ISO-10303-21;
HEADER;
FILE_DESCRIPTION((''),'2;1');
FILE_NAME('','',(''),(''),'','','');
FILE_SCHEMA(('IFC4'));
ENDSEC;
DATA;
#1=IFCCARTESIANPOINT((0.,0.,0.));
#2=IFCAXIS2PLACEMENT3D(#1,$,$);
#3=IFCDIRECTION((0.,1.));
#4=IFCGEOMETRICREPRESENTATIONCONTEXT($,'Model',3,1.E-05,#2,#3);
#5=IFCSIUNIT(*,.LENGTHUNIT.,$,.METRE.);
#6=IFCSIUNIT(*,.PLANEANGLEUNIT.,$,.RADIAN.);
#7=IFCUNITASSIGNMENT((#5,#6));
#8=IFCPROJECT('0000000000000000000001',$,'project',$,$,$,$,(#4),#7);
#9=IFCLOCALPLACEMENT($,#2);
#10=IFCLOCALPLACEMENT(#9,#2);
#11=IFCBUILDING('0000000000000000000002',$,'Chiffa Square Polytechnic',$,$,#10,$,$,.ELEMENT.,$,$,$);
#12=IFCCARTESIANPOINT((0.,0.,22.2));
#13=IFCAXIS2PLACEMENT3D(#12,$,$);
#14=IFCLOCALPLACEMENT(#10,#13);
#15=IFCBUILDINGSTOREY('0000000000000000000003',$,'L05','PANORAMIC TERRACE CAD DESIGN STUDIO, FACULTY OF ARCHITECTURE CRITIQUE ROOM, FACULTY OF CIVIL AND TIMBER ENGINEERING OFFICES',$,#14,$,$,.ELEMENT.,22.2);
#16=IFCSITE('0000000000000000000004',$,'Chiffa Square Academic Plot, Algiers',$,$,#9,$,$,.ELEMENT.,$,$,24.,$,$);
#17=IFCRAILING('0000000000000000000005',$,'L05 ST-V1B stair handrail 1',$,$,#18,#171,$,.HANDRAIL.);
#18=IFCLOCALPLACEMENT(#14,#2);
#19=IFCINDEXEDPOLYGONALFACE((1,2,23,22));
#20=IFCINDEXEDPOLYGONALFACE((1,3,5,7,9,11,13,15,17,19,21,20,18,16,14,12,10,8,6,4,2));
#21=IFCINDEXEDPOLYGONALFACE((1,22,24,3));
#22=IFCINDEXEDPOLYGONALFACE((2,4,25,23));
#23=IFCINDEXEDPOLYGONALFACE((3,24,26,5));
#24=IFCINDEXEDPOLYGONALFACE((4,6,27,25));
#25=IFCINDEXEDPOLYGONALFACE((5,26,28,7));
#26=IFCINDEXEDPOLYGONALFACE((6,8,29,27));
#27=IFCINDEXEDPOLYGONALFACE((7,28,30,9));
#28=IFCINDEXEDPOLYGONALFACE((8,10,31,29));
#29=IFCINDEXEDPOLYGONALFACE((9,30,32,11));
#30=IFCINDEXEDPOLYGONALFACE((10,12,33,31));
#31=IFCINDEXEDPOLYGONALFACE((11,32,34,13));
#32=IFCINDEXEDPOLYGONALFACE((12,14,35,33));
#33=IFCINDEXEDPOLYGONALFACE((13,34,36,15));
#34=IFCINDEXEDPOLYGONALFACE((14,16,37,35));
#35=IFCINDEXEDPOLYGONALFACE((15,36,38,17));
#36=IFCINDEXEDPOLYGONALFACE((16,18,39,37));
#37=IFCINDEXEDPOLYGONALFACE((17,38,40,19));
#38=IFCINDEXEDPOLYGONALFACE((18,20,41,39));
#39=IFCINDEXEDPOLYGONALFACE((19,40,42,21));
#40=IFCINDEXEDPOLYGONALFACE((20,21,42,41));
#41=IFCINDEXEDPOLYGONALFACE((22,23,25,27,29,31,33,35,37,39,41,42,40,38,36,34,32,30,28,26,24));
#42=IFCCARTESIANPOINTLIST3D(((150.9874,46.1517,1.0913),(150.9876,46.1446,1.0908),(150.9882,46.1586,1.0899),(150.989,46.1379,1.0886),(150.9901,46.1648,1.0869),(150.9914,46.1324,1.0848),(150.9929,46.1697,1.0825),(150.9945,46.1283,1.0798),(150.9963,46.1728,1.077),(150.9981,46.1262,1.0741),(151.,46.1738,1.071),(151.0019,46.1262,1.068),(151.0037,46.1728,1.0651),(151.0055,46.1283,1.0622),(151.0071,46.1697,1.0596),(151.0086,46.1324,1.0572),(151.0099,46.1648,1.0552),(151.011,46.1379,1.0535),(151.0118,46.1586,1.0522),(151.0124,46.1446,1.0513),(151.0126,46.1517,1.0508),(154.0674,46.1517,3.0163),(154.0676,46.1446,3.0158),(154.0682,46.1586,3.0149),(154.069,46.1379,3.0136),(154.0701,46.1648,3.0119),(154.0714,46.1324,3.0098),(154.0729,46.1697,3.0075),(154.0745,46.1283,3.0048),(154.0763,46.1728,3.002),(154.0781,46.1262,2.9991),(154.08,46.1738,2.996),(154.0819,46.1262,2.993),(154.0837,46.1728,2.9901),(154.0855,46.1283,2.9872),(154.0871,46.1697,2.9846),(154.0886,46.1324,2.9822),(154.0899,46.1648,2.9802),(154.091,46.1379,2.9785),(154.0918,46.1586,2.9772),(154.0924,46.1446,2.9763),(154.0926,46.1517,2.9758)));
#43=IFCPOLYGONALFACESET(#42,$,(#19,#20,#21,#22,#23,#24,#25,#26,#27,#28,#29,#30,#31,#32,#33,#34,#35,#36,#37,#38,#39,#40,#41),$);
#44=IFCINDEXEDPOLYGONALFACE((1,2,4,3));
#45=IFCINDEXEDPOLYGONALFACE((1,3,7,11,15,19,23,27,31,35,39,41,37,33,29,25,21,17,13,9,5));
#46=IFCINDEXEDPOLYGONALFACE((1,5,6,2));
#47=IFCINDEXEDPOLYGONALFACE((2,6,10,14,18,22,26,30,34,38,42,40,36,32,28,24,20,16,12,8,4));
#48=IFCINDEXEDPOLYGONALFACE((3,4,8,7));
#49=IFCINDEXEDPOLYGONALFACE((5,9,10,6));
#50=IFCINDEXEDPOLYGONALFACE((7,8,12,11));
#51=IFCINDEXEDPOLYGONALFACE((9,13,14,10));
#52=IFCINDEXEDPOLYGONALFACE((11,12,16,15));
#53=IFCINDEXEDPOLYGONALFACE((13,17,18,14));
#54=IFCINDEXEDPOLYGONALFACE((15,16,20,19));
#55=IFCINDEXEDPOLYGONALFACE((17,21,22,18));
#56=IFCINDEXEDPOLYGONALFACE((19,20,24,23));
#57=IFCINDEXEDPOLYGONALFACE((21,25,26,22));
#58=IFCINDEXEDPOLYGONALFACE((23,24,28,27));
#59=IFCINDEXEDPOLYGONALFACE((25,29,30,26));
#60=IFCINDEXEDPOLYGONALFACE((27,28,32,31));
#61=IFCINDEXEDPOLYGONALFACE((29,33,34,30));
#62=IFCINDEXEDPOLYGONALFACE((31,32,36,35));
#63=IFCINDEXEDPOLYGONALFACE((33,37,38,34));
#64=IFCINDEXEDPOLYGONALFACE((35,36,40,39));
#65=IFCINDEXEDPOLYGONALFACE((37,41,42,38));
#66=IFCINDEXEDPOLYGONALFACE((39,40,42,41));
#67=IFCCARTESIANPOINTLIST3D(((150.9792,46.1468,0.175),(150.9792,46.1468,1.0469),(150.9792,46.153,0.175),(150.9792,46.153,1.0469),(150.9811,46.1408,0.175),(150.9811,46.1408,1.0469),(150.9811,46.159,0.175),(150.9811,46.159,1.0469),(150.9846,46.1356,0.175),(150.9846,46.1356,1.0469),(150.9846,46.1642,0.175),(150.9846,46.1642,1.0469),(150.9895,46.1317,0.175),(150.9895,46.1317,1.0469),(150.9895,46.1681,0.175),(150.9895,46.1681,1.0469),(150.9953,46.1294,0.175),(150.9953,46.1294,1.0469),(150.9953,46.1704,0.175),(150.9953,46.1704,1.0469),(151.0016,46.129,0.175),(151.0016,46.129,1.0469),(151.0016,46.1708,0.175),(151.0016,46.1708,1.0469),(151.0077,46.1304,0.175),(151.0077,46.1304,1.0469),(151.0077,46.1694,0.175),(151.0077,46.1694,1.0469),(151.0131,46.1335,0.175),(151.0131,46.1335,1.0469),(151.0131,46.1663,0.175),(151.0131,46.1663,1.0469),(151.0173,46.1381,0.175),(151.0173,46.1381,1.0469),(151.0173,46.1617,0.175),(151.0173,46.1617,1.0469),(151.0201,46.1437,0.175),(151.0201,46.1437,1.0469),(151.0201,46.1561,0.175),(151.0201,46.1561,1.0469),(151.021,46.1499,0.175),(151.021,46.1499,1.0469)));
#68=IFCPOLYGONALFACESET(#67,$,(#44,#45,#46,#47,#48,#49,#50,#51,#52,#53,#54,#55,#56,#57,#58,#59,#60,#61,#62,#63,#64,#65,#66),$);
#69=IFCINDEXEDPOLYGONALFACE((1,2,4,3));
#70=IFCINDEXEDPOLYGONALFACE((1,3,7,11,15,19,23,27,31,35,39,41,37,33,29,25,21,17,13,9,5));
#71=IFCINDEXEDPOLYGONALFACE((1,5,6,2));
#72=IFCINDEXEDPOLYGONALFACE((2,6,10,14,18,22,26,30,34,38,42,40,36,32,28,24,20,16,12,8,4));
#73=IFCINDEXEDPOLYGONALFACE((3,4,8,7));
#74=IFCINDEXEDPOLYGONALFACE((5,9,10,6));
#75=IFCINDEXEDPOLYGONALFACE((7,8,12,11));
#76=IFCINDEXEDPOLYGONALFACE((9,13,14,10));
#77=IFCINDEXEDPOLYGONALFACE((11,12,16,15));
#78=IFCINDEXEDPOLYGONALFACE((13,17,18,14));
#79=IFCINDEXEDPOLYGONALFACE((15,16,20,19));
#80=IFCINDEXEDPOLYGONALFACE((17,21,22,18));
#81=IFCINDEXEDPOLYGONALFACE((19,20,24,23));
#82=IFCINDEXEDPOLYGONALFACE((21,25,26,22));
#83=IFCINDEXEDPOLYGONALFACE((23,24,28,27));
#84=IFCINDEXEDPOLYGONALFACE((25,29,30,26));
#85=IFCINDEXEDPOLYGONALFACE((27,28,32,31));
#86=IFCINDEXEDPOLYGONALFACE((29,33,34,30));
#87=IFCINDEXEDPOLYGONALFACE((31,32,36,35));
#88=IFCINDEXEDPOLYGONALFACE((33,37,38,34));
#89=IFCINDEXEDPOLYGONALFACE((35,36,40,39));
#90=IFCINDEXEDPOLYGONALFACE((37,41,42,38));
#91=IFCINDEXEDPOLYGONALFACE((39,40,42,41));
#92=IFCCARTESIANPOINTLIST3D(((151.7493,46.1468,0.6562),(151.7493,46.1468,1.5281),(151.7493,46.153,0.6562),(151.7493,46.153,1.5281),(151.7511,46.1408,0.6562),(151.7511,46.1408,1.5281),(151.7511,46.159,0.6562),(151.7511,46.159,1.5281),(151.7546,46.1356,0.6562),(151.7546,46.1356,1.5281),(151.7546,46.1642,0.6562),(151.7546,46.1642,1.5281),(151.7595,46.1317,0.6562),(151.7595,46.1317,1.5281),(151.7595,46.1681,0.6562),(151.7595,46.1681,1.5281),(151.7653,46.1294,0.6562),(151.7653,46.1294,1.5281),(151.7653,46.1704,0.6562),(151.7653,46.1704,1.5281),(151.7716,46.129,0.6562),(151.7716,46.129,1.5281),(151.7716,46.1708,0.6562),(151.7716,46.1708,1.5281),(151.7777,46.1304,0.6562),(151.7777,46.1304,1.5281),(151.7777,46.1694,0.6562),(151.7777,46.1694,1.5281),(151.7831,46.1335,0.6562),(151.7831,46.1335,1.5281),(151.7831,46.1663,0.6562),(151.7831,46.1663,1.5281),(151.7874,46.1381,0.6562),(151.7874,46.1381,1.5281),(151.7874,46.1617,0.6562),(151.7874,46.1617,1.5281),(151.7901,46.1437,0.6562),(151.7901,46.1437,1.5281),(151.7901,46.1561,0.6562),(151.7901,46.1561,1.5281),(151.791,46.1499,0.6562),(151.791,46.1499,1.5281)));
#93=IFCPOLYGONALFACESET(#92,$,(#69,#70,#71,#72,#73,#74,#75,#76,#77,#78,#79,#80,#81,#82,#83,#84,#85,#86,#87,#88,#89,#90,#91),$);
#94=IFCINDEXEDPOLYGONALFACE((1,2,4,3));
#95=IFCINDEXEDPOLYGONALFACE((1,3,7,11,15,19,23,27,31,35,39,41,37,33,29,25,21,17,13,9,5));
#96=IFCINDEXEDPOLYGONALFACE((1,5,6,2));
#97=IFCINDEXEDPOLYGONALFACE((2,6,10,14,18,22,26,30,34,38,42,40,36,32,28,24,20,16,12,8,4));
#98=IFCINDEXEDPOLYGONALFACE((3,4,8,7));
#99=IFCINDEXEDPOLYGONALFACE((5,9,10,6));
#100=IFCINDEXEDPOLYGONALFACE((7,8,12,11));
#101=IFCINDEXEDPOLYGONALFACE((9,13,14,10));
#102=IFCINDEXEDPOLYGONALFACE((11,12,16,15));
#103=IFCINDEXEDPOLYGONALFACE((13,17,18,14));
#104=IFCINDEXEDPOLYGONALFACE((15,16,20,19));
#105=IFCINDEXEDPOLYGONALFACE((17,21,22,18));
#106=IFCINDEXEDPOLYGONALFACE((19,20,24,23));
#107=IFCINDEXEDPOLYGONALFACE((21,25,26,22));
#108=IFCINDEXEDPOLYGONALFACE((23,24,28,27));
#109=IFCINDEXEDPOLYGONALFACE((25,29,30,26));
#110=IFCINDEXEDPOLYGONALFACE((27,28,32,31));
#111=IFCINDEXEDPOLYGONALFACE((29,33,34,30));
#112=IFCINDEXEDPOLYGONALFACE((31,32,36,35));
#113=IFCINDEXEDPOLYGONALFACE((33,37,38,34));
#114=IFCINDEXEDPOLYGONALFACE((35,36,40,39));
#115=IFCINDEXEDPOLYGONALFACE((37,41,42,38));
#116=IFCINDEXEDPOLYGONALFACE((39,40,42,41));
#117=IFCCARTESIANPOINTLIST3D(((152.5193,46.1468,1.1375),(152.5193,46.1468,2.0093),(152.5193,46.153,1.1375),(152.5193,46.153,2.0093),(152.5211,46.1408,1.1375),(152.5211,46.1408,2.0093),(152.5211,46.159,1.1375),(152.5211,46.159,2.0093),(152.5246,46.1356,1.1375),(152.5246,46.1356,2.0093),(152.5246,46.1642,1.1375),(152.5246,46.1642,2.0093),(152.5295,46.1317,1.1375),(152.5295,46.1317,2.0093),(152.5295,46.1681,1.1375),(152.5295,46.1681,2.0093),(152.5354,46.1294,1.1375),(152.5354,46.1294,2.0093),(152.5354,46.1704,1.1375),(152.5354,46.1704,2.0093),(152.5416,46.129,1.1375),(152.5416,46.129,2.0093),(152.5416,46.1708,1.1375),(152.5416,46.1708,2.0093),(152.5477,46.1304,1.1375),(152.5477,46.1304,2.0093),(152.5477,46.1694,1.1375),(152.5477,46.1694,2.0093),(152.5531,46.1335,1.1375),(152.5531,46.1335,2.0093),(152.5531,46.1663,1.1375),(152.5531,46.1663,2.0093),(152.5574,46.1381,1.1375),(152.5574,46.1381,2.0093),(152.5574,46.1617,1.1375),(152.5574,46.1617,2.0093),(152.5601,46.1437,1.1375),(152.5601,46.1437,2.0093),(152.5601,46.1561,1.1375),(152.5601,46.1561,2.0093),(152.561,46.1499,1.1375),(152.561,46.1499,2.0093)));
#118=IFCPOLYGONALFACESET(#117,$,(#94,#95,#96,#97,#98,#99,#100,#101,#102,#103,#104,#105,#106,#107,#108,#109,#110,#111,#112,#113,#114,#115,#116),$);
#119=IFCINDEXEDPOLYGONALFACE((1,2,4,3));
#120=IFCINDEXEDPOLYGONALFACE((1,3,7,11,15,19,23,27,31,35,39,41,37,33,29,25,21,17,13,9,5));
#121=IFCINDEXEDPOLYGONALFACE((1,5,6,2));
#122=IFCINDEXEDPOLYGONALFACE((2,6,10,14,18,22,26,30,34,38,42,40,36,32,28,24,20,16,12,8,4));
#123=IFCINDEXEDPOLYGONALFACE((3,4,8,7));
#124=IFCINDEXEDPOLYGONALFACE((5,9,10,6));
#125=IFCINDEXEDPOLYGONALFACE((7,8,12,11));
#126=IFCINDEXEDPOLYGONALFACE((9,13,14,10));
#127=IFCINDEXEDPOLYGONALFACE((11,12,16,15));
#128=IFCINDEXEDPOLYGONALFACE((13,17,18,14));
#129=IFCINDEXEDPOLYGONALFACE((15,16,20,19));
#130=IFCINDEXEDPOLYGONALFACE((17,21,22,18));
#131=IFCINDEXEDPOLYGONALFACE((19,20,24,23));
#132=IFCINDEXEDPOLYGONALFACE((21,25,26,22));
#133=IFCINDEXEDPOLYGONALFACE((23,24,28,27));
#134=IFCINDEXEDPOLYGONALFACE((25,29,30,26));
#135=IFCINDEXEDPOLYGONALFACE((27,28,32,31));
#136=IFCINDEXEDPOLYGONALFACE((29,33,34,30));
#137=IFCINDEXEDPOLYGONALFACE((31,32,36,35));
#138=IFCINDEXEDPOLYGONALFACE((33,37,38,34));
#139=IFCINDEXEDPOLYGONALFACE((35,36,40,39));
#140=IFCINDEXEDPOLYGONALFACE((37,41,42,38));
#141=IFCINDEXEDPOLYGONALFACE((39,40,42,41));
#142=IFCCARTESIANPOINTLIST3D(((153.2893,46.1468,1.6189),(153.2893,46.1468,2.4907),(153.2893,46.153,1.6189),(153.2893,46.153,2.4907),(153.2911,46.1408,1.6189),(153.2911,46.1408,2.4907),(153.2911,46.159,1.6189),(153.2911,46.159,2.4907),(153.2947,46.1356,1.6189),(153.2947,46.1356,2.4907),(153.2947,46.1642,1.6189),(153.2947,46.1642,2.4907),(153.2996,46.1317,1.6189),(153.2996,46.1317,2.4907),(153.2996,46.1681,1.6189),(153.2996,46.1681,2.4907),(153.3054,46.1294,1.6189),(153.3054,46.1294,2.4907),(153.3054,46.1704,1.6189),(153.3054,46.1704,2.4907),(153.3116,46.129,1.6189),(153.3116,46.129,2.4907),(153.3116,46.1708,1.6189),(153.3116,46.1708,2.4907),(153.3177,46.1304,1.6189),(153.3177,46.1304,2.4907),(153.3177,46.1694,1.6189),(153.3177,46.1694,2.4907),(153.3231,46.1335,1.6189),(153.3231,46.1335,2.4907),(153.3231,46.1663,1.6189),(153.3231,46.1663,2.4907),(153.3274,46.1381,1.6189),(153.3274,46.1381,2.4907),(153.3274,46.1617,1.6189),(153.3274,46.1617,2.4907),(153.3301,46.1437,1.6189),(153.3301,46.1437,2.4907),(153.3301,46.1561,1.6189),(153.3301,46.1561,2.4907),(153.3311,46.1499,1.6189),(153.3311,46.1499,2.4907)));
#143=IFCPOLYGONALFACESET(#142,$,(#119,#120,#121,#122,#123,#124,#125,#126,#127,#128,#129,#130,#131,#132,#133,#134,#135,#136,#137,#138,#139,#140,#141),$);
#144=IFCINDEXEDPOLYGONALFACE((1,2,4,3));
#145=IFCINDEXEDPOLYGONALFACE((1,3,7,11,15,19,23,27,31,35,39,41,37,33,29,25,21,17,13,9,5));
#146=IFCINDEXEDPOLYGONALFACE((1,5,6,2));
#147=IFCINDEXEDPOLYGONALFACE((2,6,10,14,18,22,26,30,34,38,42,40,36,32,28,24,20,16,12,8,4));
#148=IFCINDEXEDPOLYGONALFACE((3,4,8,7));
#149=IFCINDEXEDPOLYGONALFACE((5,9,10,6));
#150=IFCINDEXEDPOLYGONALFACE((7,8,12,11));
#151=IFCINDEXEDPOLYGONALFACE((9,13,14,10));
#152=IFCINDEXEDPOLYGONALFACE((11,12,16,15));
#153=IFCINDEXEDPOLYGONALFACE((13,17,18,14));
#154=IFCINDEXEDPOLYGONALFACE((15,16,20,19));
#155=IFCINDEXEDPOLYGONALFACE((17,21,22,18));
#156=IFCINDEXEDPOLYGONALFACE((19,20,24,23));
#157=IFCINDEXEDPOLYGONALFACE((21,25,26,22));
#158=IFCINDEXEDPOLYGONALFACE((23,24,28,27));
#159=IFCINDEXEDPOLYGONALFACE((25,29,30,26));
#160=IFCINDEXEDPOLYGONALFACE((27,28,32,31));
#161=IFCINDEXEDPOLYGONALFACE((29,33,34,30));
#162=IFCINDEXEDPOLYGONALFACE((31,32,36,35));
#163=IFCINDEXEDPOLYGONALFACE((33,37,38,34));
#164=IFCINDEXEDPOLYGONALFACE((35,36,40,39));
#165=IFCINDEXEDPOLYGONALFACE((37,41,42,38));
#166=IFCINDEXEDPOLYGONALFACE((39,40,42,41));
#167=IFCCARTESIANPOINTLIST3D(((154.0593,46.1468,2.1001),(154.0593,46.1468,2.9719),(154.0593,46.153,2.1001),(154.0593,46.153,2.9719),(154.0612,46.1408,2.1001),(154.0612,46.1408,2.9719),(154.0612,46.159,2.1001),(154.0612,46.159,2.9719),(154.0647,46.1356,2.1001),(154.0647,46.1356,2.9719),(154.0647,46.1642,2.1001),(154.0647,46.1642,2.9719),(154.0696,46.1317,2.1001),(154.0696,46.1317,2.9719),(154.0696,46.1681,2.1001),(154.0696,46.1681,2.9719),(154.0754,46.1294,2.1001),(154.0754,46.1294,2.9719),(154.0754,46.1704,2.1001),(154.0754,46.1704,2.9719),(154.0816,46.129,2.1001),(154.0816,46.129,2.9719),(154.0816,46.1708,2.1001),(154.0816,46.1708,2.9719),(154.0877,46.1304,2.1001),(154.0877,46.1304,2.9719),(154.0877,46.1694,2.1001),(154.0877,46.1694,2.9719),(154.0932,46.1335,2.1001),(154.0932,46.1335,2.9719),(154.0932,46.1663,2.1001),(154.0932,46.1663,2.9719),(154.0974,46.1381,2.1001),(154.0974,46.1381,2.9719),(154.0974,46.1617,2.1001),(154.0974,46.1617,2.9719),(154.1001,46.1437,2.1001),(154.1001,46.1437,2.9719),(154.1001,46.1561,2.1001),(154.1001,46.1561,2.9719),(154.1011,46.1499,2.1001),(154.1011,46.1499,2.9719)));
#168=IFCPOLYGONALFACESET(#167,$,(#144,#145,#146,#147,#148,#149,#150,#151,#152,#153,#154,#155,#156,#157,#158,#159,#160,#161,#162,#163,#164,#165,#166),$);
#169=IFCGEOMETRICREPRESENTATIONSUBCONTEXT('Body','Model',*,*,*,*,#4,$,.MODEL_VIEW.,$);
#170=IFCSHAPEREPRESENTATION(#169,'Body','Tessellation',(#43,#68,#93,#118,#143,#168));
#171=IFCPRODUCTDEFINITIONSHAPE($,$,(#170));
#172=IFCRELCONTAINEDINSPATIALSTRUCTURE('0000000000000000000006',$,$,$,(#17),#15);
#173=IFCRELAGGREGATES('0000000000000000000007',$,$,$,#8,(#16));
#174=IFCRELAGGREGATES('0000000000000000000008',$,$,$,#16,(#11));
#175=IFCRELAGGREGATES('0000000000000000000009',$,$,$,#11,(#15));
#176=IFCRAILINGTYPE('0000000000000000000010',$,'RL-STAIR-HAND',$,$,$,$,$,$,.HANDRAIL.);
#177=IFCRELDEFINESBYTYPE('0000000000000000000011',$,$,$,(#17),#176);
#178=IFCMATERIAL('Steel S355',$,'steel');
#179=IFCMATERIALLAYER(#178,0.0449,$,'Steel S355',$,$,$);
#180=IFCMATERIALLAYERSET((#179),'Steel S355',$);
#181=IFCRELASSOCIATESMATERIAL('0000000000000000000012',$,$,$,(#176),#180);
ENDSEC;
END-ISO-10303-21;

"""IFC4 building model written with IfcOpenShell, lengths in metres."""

from ifc_helpers import new_model, si_unit, direction, frame, origin, origin_2d, place, context, subcontext, project, spatial, circle, extrude, material, layer, layer_set, type_object, element, save


model = new_model("IFC4")

# Units and contexts
model_context = context("Model", 3, precision=1e-05, world=origin(), true_north=direction((0.0, 1.0)))
body_context = subcontext(model_context, "Body", "Model", "MODEL_VIEW")
ifc_project = project(units=[si_unit("LENGTHUNIT", "METRE"), si_unit("PLANEANGLEUNIT", "RADIAN")], contexts=[model_context])

# Site, building, storey
site_placement = place(None, origin())
site = spatial("IfcSite", under=ifc_project, at=site_placement, Name="Chiffa Square Academic Plot, Algiers", CompositionType="ELEMENT", RefElevation=24.0)
building_placement = place(site_placement, origin())
building = spatial("IfcBuilding", under=site, at=building_placement, Name="Chiffa Square Polytechnic", CompositionType="ELEMENT")
storey_placement = place(building_placement, frame((0.0, 0.0, 22.2)))
storey = spatial("IfcBuildingStorey", under=building, at=storey_placement, Name="L05", Description="PANORAMIC TERRACE CAD DESIGN STUDIO, FACULTY OF ARCHITECTURE CRITIQUE ROOM, FACULTY OF CIVIL AND TIMBER ENGINEERING OFFICES", CompositionType="ELEMENT", Elevation=22.2)

# Railing
ifc_material_1 = material(Name="Steel S355", Category="steel")
ifc_layer_1 = layer(ifc_material_1, 0.0449, Name="Steel S355")
ifc_layer_set_1 = layer_set([ifc_layer_1], Name="Steel S355")
railing_type_1 = type_object("IfcRailingType", Name="RL-STAIR-HAND", PredefinedType="HANDRAIL", material=ifc_layer_set_1)
railing_1_placement = place(storey_placement, frame((151.0, 46.1499, 0.175)))
element("IfcRailing", 1, at=railing_1_placement, inside=storey, type_object=railing_type_1, Name="L05 ST-V1B stair handrail 1", PredefinedType="HANDRAIL", context=body_context, shape_type="SweptSolid", body=[
    extrude(circle(Radius=0.0239, at=origin_2d()), frame((0.0, 0.0, 0.896), z_axis=(0.847998, 0.0, 0.529999), x_axis=(0.0, 1.0, 0.0)), (0.0, 0.0, 1.0), 3.6321),
    extrude(circle(Radius=0.021, at=origin_2d()), origin(), (0.0, 0.0, 1.0), 0.8718),
    extrude(circle(Radius=0.021, at=origin_2d()), frame((0.77, 0.0, 0.4812)), (0.0, 0.0, 1.0), 0.8718),
    extrude(circle(Radius=0.021, at=origin_2d()), frame((1.54, 0.0, 0.9624)), (0.0, 0.0, 1.0), 0.8718),
    extrude(circle(Radius=0.021, at=origin_2d()), frame((2.3101, 0.0, 1.4438)), (0.0, 0.0, 1.0), 0.8718),
    extrude(circle(Radius=0.021, at=origin_2d()), frame((3.0801, 0.0, 1.925)), (0.0, 0.0, 1.0), 0.8718),
])

save(model, "model.ifc")
